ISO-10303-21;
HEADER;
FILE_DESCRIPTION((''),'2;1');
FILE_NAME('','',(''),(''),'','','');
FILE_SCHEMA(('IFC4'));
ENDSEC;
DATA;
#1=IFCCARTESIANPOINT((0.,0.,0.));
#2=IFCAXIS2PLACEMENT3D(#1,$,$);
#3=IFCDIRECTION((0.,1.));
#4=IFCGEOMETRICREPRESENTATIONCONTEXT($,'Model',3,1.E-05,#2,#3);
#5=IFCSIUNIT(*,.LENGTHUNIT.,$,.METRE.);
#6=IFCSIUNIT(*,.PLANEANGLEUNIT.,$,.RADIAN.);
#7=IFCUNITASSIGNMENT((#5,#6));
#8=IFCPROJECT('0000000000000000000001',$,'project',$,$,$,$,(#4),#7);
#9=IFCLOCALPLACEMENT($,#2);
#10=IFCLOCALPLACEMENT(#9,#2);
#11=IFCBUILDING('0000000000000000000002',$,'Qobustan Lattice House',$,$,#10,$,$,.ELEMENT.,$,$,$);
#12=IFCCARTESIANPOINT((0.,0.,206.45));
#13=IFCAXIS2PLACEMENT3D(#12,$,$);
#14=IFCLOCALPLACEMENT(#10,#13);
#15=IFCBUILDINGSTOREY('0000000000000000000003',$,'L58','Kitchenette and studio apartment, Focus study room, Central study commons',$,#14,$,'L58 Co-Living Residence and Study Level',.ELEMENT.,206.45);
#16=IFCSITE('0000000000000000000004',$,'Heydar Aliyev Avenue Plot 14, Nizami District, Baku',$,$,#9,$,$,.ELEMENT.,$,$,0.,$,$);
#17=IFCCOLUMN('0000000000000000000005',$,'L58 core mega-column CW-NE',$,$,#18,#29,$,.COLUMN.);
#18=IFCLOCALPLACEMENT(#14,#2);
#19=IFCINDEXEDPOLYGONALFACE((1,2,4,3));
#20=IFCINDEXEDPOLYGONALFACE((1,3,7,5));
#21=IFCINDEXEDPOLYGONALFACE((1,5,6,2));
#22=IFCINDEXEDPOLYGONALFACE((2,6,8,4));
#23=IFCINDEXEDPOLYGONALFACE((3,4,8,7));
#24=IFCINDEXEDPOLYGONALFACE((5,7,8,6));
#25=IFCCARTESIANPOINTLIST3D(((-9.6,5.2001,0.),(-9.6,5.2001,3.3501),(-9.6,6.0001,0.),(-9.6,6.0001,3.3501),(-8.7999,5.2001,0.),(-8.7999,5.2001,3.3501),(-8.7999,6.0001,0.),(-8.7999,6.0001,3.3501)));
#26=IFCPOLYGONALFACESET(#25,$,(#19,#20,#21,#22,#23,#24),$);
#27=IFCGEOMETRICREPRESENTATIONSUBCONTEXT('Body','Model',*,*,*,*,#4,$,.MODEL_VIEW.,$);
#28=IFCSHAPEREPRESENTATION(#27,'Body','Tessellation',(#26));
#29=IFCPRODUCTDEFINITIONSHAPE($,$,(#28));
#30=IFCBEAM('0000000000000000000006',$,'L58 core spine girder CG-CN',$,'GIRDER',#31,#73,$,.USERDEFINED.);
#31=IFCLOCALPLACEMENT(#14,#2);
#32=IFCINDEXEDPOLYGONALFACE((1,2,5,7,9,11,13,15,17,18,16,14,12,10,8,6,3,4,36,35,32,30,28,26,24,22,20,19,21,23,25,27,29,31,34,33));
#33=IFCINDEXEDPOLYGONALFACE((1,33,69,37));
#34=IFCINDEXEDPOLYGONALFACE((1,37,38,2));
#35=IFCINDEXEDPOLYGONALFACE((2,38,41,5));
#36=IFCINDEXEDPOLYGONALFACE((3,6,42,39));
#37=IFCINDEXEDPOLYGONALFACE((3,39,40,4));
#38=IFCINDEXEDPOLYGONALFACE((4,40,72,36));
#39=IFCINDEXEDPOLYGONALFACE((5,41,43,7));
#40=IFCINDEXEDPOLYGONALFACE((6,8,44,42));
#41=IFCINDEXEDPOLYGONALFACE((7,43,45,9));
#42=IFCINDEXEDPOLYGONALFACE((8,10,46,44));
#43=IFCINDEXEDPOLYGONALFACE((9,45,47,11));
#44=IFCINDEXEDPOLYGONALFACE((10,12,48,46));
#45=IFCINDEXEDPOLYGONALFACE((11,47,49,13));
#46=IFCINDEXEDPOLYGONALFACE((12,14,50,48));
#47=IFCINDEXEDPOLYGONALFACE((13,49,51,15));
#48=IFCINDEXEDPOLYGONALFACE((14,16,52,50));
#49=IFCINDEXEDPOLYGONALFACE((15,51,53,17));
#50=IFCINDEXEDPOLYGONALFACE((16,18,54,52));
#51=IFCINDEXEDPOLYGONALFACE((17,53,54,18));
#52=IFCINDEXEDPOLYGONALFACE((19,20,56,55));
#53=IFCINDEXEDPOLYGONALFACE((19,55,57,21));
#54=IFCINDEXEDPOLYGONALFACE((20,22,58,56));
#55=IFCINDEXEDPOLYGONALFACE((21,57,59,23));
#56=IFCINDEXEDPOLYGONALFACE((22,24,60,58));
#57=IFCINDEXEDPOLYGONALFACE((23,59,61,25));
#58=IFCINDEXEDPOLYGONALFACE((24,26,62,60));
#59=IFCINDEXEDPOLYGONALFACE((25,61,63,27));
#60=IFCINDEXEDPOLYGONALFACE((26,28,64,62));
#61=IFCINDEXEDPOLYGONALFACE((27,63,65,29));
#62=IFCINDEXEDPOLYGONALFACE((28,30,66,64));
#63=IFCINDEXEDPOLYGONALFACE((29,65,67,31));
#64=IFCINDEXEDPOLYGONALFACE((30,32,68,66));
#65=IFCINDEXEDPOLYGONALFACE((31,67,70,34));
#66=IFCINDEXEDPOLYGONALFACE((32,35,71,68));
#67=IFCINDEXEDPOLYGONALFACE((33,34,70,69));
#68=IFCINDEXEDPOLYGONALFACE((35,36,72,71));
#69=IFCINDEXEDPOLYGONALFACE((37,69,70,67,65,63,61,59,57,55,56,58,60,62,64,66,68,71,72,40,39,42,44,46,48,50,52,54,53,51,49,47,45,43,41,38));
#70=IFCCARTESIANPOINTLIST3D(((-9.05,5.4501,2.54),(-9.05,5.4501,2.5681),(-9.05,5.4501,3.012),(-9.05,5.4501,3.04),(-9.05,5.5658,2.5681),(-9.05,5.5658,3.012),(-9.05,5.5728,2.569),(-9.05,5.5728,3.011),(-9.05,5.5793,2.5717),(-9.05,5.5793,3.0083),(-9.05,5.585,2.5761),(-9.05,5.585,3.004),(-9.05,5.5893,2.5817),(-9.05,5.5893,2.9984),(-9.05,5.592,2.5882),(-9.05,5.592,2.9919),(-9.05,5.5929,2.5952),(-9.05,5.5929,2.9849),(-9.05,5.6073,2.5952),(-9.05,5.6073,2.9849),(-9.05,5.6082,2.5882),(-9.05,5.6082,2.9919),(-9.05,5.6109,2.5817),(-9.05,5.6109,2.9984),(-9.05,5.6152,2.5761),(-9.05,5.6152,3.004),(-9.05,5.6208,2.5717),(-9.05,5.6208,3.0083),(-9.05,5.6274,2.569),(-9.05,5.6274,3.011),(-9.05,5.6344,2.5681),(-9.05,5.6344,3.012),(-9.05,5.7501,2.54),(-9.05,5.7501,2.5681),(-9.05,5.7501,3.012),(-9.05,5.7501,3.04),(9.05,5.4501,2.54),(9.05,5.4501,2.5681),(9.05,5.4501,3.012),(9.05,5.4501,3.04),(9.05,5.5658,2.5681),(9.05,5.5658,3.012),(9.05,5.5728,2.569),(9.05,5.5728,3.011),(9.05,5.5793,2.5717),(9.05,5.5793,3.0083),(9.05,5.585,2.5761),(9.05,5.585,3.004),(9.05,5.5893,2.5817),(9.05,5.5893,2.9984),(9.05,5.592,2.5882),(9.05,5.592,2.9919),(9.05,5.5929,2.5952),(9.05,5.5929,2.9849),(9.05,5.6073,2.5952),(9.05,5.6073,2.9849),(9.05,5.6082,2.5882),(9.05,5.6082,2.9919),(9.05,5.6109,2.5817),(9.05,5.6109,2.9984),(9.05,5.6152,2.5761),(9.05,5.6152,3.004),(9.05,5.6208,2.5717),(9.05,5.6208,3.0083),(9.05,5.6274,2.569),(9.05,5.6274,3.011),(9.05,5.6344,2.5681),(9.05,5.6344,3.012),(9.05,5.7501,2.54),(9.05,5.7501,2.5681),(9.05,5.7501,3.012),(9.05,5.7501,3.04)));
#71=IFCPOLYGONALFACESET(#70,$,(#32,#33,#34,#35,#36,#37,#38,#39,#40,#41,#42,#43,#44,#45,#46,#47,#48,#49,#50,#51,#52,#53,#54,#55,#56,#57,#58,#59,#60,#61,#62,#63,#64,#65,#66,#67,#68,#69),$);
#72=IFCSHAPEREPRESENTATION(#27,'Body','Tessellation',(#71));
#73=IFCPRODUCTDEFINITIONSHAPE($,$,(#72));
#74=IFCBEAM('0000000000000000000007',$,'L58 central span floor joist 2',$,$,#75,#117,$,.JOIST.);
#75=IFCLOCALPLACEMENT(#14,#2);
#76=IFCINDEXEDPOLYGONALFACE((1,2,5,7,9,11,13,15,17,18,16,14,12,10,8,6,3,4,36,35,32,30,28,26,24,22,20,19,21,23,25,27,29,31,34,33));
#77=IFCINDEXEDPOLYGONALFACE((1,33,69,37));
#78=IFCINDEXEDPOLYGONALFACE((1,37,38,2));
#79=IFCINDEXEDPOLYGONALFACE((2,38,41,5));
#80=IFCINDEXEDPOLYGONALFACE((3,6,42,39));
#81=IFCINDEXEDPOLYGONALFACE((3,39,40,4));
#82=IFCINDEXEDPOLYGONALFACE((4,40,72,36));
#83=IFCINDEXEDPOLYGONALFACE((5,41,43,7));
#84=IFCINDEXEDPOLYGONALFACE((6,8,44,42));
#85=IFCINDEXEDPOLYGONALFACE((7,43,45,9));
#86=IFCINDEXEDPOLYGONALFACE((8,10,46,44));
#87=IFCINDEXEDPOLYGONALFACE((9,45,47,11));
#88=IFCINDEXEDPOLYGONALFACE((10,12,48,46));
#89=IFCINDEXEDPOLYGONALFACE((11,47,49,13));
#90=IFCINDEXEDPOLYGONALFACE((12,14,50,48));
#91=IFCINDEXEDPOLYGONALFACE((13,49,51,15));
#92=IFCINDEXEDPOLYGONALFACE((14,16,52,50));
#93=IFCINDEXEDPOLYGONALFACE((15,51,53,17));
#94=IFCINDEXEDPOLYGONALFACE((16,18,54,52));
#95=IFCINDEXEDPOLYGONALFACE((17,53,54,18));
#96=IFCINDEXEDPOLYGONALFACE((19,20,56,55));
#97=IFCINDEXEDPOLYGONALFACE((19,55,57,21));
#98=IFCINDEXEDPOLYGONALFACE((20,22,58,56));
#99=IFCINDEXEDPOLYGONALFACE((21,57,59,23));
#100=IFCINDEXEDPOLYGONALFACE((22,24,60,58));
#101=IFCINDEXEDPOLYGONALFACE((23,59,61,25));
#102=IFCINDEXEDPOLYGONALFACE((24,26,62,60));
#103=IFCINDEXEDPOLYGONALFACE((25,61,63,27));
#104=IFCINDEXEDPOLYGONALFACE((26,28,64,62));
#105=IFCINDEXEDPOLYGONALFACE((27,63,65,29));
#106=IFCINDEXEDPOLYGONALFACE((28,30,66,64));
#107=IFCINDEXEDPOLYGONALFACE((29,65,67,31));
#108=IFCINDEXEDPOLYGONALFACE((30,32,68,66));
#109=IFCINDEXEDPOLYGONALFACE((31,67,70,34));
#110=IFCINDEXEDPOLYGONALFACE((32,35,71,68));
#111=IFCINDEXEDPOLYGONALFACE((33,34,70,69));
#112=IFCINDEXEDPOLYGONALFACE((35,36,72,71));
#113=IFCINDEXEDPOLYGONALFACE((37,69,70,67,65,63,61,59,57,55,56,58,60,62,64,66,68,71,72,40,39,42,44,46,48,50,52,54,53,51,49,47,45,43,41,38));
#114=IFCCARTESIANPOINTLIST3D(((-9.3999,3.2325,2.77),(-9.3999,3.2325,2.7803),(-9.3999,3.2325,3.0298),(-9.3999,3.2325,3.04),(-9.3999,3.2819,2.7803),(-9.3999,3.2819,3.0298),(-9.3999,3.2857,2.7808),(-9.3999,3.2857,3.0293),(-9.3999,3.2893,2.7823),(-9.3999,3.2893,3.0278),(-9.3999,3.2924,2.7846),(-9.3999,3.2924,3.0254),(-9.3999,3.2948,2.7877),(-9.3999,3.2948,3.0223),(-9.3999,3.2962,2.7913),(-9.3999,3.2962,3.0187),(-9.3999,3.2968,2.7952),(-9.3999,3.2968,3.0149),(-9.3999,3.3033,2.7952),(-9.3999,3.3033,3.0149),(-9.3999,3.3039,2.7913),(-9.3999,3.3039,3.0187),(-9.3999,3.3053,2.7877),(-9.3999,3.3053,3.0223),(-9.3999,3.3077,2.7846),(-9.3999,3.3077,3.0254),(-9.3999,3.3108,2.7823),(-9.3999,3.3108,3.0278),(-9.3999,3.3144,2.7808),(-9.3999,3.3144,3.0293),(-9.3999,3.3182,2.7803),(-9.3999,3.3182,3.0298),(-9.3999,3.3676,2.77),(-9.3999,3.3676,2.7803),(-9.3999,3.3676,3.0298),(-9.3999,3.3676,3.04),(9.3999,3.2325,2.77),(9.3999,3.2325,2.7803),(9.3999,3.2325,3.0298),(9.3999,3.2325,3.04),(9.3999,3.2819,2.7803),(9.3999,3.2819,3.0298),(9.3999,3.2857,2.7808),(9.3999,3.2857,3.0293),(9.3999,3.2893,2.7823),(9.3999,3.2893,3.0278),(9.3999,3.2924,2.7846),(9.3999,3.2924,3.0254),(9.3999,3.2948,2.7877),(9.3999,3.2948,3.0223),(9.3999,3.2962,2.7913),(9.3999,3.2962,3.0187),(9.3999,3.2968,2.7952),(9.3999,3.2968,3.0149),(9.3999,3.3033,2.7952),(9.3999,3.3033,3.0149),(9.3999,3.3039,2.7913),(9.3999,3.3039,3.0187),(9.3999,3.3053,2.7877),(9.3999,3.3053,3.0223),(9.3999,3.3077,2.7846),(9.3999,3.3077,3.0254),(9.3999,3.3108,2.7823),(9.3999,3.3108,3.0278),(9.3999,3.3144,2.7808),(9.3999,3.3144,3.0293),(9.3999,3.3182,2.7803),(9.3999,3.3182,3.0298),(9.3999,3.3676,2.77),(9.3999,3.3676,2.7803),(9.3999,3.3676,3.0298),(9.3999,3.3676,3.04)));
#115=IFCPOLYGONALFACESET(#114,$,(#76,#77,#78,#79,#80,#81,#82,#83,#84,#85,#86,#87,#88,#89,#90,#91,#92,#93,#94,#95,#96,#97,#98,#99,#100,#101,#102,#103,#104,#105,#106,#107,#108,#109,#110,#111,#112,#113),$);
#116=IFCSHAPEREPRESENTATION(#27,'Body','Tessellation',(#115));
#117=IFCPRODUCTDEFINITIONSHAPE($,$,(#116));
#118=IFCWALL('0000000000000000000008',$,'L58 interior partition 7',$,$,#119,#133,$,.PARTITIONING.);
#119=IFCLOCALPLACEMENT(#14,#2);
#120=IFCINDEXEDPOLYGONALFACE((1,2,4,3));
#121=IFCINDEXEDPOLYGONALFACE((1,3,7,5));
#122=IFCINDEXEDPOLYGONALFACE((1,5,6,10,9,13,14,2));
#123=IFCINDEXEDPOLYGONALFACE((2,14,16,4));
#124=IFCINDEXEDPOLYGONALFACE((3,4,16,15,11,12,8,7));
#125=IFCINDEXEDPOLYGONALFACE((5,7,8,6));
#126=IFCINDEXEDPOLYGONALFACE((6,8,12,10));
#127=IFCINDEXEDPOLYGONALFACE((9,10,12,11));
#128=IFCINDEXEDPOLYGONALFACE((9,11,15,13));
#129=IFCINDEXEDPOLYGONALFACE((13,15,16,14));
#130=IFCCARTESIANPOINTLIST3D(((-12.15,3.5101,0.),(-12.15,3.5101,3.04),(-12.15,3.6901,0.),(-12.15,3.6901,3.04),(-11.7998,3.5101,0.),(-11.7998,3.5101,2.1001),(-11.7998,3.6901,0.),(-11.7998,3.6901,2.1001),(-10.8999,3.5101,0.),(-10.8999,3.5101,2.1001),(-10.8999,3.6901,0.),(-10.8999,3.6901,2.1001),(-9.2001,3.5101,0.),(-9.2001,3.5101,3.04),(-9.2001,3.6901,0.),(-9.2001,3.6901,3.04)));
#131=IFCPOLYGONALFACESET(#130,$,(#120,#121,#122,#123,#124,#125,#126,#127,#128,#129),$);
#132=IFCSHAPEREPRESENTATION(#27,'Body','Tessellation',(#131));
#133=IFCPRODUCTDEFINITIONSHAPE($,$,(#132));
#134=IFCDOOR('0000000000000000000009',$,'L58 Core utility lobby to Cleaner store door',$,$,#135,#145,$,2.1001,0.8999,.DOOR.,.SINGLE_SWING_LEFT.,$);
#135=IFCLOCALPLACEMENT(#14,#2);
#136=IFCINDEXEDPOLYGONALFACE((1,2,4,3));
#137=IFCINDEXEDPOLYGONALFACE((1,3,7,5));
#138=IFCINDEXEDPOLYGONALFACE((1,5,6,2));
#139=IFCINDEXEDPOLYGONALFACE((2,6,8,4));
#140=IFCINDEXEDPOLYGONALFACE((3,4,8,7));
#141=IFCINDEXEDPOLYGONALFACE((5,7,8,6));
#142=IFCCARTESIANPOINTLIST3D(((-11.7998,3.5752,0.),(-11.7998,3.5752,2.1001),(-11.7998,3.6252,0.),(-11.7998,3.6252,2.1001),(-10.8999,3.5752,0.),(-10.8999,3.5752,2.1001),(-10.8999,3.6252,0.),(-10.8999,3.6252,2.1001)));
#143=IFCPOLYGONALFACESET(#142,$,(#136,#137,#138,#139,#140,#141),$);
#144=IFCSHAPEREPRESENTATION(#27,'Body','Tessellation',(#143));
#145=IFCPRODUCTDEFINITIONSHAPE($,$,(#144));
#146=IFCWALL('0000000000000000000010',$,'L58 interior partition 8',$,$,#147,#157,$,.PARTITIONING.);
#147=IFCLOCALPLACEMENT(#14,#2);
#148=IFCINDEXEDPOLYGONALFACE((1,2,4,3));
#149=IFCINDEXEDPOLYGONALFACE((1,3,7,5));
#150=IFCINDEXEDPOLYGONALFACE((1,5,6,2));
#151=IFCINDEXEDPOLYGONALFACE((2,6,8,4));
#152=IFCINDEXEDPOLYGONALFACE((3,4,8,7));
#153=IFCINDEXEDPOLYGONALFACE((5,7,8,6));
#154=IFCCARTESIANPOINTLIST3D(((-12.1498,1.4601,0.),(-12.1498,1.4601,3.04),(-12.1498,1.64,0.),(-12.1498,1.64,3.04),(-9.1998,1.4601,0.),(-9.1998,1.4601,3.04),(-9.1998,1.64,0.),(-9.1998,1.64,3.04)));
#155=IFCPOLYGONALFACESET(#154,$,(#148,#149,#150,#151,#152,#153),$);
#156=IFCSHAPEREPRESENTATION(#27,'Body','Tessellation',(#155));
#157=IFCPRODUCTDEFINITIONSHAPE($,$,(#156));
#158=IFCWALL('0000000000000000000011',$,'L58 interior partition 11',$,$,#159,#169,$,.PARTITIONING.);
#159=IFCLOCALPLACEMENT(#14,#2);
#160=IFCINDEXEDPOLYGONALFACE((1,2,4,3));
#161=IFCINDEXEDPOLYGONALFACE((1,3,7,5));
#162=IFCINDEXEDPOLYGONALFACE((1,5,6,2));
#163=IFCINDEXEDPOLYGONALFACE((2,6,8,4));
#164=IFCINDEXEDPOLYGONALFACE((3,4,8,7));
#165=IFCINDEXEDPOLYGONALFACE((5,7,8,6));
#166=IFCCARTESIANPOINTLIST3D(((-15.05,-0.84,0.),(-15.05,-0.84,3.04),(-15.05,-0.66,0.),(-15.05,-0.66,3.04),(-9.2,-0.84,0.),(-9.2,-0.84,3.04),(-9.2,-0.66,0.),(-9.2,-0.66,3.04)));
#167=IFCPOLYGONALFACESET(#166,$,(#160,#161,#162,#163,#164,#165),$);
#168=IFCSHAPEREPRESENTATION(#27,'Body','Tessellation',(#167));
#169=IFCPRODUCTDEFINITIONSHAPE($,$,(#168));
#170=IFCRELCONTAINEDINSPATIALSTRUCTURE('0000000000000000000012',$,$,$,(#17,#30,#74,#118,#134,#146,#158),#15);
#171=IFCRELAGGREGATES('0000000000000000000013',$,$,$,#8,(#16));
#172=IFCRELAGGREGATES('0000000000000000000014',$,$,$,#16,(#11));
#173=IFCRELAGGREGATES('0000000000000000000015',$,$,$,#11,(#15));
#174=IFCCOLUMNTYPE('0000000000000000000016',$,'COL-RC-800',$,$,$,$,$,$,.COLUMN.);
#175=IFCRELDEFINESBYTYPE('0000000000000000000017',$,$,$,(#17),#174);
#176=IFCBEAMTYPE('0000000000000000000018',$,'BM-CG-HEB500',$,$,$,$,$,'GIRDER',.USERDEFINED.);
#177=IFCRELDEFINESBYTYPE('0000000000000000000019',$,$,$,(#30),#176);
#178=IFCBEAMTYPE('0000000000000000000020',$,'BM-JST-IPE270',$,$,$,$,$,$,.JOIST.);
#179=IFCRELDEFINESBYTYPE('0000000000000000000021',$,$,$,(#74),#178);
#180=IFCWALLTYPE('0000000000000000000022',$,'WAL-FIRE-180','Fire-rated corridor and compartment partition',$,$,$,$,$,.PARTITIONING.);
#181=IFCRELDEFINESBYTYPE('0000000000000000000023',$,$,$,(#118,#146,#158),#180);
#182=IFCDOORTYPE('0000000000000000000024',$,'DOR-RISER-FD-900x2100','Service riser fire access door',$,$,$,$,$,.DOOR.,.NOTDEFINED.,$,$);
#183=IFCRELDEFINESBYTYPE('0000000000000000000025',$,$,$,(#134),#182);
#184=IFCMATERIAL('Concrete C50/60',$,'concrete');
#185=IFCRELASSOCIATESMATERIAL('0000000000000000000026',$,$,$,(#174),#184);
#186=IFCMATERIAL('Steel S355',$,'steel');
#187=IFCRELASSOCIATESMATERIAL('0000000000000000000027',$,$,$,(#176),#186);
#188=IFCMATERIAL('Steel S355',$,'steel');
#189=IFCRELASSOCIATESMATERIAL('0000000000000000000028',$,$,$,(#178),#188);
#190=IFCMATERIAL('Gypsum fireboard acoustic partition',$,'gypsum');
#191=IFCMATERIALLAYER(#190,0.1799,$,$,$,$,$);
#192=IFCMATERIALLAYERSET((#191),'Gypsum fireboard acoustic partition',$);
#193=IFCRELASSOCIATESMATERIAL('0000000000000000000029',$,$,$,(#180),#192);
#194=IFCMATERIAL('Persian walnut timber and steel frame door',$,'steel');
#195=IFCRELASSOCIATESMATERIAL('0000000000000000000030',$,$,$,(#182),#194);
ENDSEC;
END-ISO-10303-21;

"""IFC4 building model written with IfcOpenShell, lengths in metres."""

from ifc_helpers import new_model, si_unit, direction, frame, frame_2d, origin, origin_2d, place, context, subcontext, project, spatial, rectangle, i_section, extrude, material, layer, layer_set, material_profile, profile_set, type_object, element, fill, save


model = new_model("IFC4")

# Units and contexts
model_context = context("Model", 3, precision=1e-05, world=origin(), true_north=direction((0.0, 1.0)))
body_context = subcontext(model_context, "Body", "Model", "MODEL_VIEW")
ifc_project = project(units=[si_unit("LENGTHUNIT", "METRE"), si_unit("PLANEANGLEUNIT", "RADIAN")], contexts=[model_context])

# Site, building, storey
site_placement = place(None, origin())
site = spatial("IfcSite", under=ifc_project, at=site_placement, Name="Heydar Aliyev Avenue Plot 14, Nizami District, Baku", CompositionType="ELEMENT", RefElevation=0.0)
building_placement = place(site_placement, origin())
building = spatial("IfcBuilding", under=site, at=building_placement, Name="Qobustan Lattice House", CompositionType="ELEMENT")
storey_placement = place(building_placement, frame((0.0, 0.0, 206.45)))
storey = spatial("IfcBuildingStorey", under=building, at=storey_placement, Name="L58", Description="Kitchenette and studio apartment, Focus study room, Central study commons", LongName="L58 Co-Living Residence and Study Level", CompositionType="ELEMENT", Elevation=206.45)

# Column
ifc_material_1 = material(Name="Concrete C50/60", Category="concrete")
ifc_material_profile_1 = material_profile(ifc_material_1, rectangle(XDim=0.8, YDim=0.8, at=origin_2d()), Name="RC800x800")
ifc_profile_set_1 = profile_set([ifc_material_profile_1], Name="Concrete C50/60")
column_type = type_object("IfcColumnType", Name="COL-RC-800", PredefinedType="COLUMN", material=ifc_profile_set_1)
column_placement = place(storey_placement, frame((-9.2, 5.6001, 0.0), z_axis=(0.0, 0.0, 1.0), x_axis=(1.0, 0.0, 0.0)))
element("IfcColumn", 1, at=column_placement, inside=storey, type_object=column_type, Name="L58 core mega-column CW-NE", PredefinedType="COLUMN", context=body_context, shape_type="SweptSolid", body=[
    extrude(rectangle(XDim=0.8, YDim=0.8, at=origin_2d()), origin(), (0.0, 0.0, 1.0), 3.3501),
])

# Beams
ifc_material_2 = material(Name="Steel S355", Category="steel")
ifc_material_profile_2 = material_profile(ifc_material_2, i_section(OverallWidth=0.3, OverallDepth=0.5, WebThickness=0.0144, FlangeThickness=0.0281, FilletRadius=0.0271, at=origin_2d()), Name="HEB500")
ifc_profile_set_2 = profile_set([ifc_material_profile_2], Name="Steel S355")
beam_type_1 = type_object("IfcBeamType", Name="BM-CG-HEB500", ElementType="GIRDER", PredefinedType="USERDEFINED", material=ifc_profile_set_2)
beam_1_placement = place(storey_placement, frame((-9.05, 5.6001, 2.79), z_axis=(1.0, 0.0, 0.0), x_axis=(0.0, 1.0, 0.0)))
element("IfcBeam", 2, at=beam_1_placement, inside=storey, type_object=beam_type_1, Name="L58 core spine girder CG-CN", ObjectType="GIRDER", PredefinedType="USERDEFINED", context=body_context, shape_type="SweptSolid", body=[
    extrude(i_section(OverallWidth=0.3, OverallDepth=0.5, WebThickness=0.0144, FlangeThickness=0.0281, FilletRadius=0.0271, at=origin_2d()), origin(), (0.0, 0.0, 1.0), 18.1001),
])
ifc_material_3 = material(Name="Steel S355", Category="steel")
ifc_material_profile_3 = material_profile(ifc_material_3, i_section(OverallWidth=0.135, OverallDepth=0.27, WebThickness=0.0066, FlangeThickness=0.0103, FilletRadius=0.0149, at=origin_2d()), Name="IPE270")
ifc_profile_set_3 = profile_set([ifc_material_profile_3], Name="Steel S355")
beam_type_2 = type_object("IfcBeamType", Name="BM-JST-IPE270", PredefinedType="JOIST", material=ifc_profile_set_3)
beam_2_placement = place(storey_placement, frame((-9.3999, 3.3, 2.905), z_axis=(1.0, 0.0, 0.0), x_axis=(0.0, 1.0, 0.0)))
element("IfcBeam", 3, at=beam_2_placement, inside=storey, type_object=beam_type_2, Name="L58 central span floor joist 2", PredefinedType="JOIST", context=body_context, shape_type="SweptSolid", body=[
    extrude(i_section(OverallWidth=0.135, OverallDepth=0.27, WebThickness=0.0066, FlangeThickness=0.0103, FilletRadius=0.0149, at=origin_2d()), origin(), (0.0, 0.0, 1.0), 18.7998),
])

# Wall, opening, door
ifc_material_4 = material(Name="Gypsum fireboard acoustic partition", Category="gypsum")
ifc_layer_1 = layer(ifc_material_4, 0.1799)
ifc_layer_set_1 = layer_set([ifc_layer_1], Name="Gypsum fireboard acoustic partition")
wall_type_1 = type_object("IfcWallType", Name="WAL-FIRE-180", Description="Fire-rated corridor and compartment partition", PredefinedType="PARTITIONING", material=ifc_layer_set_1)
wall_1_placement = place(storey_placement, frame((-9.2, 3.6001, 0.0), z_axis=(0.0, 0.0, 1.0), x_axis=(-1.0, 0.0, 0.0)))
wall_1 = element("IfcWall", 4, at=wall_1_placement, inside=storey, type_object=wall_type_1, Name="L58 interior partition 7", PredefinedType="PARTITIONING", context=body_context, shape_type="SweptSolid", body=[
    extrude(rectangle(XDim=2.95, YDim=0.1799, at=frame_2d((1.4751, 0.0))), origin(), (0.0, 0.0, 1.0), 3.04),
])
opening_1_placement = place(wall_1_placement, frame((1.7, 0.0, 0.0)))
opening_1 = element("IfcOpeningElement", 5, at=opening_1_placement, cuts=wall_1, PredefinedType="OPENING", context=body_context, shape_type="SweptSolid", body=[
    extrude(rectangle(XDim=0.8999, YDim=2.1001, at=frame_2d((0.45, 1.05))), frame((0.0, 0.0999, 0.0), z_axis=(0.0, -1.0, 0.0), x_axis=(1.0, 0.0, 0.0)), (0.0, 0.0, 1.0), 0.2),
])
ifc_material_5 = material(Name="Persian walnut timber and steel frame door", Category="steel")
door_type_1 = type_object("IfcDoorType", Name="DOR-RISER-FD-900x2100", Description="Service riser fire access door", OperationType="NOTDEFINED", PredefinedType="DOOR", material=ifc_material_5)
door_1_placement = place(opening_1_placement, origin())
door_1 = element("IfcDoor", 6, at=door_1_placement, inside=storey, type_object=door_type_1, Name="L58 Core utility lobby to Cleaner store door", OperationType="SINGLE_SWING_LEFT", OverallHeight=2.1001, OverallWidth=0.8999, PredefinedType="DOOR", context=body_context, shape_type="SweptSolid", body=[
    extrude(rectangle(XDim=0.8999, YDim=2.1001, at=frame_2d((0.45, 1.05))), frame((0.0, 0.0249, 0.0), z_axis=(0.0, -1.0, 0.0), x_axis=(1.0, 0.0, 0.0)), (0.0, 0.0, 1.0), 0.05),
])
fill(opening_1, door_1)

# Walls
wall_2_placement = place(storey_placement, frame((-12.1499, 1.55, 0.0), z_axis=(0.0, 0.0, 1.0), x_axis=(1.0, 0.0, 0.0)))
element("IfcWall", 7, at=wall_2_placement, inside=storey, type_object=wall_type_1, Name="L58 interior partition 8", PredefinedType="PARTITIONING", context=body_context, shape_type="SweptSolid", body=[
    extrude(rectangle(XDim=2.95, YDim=0.1799, at=frame_2d((1.4751, 0.0))), origin(), (0.0, 0.0, 1.0), 3.04),
])
wall_3_placement = place(storey_placement, frame((-9.2, -0.75, 0.0), z_axis=(0.0, 0.0, 1.0), x_axis=(-1.0, 0.0, 0.0)))
element("IfcWall", 8, at=wall_3_placement, inside=storey, type_object=wall_type_1, Name="L58 interior partition 11", PredefinedType="PARTITIONING", context=body_context, shape_type="SweptSolid", body=[
    extrude(rectangle(XDim=5.8501, YDim=0.1799, at=frame_2d((2.925, 0.0))), origin(), (0.0, 0.0, 1.0), 3.04),
])

save(model, "model.ifc")
